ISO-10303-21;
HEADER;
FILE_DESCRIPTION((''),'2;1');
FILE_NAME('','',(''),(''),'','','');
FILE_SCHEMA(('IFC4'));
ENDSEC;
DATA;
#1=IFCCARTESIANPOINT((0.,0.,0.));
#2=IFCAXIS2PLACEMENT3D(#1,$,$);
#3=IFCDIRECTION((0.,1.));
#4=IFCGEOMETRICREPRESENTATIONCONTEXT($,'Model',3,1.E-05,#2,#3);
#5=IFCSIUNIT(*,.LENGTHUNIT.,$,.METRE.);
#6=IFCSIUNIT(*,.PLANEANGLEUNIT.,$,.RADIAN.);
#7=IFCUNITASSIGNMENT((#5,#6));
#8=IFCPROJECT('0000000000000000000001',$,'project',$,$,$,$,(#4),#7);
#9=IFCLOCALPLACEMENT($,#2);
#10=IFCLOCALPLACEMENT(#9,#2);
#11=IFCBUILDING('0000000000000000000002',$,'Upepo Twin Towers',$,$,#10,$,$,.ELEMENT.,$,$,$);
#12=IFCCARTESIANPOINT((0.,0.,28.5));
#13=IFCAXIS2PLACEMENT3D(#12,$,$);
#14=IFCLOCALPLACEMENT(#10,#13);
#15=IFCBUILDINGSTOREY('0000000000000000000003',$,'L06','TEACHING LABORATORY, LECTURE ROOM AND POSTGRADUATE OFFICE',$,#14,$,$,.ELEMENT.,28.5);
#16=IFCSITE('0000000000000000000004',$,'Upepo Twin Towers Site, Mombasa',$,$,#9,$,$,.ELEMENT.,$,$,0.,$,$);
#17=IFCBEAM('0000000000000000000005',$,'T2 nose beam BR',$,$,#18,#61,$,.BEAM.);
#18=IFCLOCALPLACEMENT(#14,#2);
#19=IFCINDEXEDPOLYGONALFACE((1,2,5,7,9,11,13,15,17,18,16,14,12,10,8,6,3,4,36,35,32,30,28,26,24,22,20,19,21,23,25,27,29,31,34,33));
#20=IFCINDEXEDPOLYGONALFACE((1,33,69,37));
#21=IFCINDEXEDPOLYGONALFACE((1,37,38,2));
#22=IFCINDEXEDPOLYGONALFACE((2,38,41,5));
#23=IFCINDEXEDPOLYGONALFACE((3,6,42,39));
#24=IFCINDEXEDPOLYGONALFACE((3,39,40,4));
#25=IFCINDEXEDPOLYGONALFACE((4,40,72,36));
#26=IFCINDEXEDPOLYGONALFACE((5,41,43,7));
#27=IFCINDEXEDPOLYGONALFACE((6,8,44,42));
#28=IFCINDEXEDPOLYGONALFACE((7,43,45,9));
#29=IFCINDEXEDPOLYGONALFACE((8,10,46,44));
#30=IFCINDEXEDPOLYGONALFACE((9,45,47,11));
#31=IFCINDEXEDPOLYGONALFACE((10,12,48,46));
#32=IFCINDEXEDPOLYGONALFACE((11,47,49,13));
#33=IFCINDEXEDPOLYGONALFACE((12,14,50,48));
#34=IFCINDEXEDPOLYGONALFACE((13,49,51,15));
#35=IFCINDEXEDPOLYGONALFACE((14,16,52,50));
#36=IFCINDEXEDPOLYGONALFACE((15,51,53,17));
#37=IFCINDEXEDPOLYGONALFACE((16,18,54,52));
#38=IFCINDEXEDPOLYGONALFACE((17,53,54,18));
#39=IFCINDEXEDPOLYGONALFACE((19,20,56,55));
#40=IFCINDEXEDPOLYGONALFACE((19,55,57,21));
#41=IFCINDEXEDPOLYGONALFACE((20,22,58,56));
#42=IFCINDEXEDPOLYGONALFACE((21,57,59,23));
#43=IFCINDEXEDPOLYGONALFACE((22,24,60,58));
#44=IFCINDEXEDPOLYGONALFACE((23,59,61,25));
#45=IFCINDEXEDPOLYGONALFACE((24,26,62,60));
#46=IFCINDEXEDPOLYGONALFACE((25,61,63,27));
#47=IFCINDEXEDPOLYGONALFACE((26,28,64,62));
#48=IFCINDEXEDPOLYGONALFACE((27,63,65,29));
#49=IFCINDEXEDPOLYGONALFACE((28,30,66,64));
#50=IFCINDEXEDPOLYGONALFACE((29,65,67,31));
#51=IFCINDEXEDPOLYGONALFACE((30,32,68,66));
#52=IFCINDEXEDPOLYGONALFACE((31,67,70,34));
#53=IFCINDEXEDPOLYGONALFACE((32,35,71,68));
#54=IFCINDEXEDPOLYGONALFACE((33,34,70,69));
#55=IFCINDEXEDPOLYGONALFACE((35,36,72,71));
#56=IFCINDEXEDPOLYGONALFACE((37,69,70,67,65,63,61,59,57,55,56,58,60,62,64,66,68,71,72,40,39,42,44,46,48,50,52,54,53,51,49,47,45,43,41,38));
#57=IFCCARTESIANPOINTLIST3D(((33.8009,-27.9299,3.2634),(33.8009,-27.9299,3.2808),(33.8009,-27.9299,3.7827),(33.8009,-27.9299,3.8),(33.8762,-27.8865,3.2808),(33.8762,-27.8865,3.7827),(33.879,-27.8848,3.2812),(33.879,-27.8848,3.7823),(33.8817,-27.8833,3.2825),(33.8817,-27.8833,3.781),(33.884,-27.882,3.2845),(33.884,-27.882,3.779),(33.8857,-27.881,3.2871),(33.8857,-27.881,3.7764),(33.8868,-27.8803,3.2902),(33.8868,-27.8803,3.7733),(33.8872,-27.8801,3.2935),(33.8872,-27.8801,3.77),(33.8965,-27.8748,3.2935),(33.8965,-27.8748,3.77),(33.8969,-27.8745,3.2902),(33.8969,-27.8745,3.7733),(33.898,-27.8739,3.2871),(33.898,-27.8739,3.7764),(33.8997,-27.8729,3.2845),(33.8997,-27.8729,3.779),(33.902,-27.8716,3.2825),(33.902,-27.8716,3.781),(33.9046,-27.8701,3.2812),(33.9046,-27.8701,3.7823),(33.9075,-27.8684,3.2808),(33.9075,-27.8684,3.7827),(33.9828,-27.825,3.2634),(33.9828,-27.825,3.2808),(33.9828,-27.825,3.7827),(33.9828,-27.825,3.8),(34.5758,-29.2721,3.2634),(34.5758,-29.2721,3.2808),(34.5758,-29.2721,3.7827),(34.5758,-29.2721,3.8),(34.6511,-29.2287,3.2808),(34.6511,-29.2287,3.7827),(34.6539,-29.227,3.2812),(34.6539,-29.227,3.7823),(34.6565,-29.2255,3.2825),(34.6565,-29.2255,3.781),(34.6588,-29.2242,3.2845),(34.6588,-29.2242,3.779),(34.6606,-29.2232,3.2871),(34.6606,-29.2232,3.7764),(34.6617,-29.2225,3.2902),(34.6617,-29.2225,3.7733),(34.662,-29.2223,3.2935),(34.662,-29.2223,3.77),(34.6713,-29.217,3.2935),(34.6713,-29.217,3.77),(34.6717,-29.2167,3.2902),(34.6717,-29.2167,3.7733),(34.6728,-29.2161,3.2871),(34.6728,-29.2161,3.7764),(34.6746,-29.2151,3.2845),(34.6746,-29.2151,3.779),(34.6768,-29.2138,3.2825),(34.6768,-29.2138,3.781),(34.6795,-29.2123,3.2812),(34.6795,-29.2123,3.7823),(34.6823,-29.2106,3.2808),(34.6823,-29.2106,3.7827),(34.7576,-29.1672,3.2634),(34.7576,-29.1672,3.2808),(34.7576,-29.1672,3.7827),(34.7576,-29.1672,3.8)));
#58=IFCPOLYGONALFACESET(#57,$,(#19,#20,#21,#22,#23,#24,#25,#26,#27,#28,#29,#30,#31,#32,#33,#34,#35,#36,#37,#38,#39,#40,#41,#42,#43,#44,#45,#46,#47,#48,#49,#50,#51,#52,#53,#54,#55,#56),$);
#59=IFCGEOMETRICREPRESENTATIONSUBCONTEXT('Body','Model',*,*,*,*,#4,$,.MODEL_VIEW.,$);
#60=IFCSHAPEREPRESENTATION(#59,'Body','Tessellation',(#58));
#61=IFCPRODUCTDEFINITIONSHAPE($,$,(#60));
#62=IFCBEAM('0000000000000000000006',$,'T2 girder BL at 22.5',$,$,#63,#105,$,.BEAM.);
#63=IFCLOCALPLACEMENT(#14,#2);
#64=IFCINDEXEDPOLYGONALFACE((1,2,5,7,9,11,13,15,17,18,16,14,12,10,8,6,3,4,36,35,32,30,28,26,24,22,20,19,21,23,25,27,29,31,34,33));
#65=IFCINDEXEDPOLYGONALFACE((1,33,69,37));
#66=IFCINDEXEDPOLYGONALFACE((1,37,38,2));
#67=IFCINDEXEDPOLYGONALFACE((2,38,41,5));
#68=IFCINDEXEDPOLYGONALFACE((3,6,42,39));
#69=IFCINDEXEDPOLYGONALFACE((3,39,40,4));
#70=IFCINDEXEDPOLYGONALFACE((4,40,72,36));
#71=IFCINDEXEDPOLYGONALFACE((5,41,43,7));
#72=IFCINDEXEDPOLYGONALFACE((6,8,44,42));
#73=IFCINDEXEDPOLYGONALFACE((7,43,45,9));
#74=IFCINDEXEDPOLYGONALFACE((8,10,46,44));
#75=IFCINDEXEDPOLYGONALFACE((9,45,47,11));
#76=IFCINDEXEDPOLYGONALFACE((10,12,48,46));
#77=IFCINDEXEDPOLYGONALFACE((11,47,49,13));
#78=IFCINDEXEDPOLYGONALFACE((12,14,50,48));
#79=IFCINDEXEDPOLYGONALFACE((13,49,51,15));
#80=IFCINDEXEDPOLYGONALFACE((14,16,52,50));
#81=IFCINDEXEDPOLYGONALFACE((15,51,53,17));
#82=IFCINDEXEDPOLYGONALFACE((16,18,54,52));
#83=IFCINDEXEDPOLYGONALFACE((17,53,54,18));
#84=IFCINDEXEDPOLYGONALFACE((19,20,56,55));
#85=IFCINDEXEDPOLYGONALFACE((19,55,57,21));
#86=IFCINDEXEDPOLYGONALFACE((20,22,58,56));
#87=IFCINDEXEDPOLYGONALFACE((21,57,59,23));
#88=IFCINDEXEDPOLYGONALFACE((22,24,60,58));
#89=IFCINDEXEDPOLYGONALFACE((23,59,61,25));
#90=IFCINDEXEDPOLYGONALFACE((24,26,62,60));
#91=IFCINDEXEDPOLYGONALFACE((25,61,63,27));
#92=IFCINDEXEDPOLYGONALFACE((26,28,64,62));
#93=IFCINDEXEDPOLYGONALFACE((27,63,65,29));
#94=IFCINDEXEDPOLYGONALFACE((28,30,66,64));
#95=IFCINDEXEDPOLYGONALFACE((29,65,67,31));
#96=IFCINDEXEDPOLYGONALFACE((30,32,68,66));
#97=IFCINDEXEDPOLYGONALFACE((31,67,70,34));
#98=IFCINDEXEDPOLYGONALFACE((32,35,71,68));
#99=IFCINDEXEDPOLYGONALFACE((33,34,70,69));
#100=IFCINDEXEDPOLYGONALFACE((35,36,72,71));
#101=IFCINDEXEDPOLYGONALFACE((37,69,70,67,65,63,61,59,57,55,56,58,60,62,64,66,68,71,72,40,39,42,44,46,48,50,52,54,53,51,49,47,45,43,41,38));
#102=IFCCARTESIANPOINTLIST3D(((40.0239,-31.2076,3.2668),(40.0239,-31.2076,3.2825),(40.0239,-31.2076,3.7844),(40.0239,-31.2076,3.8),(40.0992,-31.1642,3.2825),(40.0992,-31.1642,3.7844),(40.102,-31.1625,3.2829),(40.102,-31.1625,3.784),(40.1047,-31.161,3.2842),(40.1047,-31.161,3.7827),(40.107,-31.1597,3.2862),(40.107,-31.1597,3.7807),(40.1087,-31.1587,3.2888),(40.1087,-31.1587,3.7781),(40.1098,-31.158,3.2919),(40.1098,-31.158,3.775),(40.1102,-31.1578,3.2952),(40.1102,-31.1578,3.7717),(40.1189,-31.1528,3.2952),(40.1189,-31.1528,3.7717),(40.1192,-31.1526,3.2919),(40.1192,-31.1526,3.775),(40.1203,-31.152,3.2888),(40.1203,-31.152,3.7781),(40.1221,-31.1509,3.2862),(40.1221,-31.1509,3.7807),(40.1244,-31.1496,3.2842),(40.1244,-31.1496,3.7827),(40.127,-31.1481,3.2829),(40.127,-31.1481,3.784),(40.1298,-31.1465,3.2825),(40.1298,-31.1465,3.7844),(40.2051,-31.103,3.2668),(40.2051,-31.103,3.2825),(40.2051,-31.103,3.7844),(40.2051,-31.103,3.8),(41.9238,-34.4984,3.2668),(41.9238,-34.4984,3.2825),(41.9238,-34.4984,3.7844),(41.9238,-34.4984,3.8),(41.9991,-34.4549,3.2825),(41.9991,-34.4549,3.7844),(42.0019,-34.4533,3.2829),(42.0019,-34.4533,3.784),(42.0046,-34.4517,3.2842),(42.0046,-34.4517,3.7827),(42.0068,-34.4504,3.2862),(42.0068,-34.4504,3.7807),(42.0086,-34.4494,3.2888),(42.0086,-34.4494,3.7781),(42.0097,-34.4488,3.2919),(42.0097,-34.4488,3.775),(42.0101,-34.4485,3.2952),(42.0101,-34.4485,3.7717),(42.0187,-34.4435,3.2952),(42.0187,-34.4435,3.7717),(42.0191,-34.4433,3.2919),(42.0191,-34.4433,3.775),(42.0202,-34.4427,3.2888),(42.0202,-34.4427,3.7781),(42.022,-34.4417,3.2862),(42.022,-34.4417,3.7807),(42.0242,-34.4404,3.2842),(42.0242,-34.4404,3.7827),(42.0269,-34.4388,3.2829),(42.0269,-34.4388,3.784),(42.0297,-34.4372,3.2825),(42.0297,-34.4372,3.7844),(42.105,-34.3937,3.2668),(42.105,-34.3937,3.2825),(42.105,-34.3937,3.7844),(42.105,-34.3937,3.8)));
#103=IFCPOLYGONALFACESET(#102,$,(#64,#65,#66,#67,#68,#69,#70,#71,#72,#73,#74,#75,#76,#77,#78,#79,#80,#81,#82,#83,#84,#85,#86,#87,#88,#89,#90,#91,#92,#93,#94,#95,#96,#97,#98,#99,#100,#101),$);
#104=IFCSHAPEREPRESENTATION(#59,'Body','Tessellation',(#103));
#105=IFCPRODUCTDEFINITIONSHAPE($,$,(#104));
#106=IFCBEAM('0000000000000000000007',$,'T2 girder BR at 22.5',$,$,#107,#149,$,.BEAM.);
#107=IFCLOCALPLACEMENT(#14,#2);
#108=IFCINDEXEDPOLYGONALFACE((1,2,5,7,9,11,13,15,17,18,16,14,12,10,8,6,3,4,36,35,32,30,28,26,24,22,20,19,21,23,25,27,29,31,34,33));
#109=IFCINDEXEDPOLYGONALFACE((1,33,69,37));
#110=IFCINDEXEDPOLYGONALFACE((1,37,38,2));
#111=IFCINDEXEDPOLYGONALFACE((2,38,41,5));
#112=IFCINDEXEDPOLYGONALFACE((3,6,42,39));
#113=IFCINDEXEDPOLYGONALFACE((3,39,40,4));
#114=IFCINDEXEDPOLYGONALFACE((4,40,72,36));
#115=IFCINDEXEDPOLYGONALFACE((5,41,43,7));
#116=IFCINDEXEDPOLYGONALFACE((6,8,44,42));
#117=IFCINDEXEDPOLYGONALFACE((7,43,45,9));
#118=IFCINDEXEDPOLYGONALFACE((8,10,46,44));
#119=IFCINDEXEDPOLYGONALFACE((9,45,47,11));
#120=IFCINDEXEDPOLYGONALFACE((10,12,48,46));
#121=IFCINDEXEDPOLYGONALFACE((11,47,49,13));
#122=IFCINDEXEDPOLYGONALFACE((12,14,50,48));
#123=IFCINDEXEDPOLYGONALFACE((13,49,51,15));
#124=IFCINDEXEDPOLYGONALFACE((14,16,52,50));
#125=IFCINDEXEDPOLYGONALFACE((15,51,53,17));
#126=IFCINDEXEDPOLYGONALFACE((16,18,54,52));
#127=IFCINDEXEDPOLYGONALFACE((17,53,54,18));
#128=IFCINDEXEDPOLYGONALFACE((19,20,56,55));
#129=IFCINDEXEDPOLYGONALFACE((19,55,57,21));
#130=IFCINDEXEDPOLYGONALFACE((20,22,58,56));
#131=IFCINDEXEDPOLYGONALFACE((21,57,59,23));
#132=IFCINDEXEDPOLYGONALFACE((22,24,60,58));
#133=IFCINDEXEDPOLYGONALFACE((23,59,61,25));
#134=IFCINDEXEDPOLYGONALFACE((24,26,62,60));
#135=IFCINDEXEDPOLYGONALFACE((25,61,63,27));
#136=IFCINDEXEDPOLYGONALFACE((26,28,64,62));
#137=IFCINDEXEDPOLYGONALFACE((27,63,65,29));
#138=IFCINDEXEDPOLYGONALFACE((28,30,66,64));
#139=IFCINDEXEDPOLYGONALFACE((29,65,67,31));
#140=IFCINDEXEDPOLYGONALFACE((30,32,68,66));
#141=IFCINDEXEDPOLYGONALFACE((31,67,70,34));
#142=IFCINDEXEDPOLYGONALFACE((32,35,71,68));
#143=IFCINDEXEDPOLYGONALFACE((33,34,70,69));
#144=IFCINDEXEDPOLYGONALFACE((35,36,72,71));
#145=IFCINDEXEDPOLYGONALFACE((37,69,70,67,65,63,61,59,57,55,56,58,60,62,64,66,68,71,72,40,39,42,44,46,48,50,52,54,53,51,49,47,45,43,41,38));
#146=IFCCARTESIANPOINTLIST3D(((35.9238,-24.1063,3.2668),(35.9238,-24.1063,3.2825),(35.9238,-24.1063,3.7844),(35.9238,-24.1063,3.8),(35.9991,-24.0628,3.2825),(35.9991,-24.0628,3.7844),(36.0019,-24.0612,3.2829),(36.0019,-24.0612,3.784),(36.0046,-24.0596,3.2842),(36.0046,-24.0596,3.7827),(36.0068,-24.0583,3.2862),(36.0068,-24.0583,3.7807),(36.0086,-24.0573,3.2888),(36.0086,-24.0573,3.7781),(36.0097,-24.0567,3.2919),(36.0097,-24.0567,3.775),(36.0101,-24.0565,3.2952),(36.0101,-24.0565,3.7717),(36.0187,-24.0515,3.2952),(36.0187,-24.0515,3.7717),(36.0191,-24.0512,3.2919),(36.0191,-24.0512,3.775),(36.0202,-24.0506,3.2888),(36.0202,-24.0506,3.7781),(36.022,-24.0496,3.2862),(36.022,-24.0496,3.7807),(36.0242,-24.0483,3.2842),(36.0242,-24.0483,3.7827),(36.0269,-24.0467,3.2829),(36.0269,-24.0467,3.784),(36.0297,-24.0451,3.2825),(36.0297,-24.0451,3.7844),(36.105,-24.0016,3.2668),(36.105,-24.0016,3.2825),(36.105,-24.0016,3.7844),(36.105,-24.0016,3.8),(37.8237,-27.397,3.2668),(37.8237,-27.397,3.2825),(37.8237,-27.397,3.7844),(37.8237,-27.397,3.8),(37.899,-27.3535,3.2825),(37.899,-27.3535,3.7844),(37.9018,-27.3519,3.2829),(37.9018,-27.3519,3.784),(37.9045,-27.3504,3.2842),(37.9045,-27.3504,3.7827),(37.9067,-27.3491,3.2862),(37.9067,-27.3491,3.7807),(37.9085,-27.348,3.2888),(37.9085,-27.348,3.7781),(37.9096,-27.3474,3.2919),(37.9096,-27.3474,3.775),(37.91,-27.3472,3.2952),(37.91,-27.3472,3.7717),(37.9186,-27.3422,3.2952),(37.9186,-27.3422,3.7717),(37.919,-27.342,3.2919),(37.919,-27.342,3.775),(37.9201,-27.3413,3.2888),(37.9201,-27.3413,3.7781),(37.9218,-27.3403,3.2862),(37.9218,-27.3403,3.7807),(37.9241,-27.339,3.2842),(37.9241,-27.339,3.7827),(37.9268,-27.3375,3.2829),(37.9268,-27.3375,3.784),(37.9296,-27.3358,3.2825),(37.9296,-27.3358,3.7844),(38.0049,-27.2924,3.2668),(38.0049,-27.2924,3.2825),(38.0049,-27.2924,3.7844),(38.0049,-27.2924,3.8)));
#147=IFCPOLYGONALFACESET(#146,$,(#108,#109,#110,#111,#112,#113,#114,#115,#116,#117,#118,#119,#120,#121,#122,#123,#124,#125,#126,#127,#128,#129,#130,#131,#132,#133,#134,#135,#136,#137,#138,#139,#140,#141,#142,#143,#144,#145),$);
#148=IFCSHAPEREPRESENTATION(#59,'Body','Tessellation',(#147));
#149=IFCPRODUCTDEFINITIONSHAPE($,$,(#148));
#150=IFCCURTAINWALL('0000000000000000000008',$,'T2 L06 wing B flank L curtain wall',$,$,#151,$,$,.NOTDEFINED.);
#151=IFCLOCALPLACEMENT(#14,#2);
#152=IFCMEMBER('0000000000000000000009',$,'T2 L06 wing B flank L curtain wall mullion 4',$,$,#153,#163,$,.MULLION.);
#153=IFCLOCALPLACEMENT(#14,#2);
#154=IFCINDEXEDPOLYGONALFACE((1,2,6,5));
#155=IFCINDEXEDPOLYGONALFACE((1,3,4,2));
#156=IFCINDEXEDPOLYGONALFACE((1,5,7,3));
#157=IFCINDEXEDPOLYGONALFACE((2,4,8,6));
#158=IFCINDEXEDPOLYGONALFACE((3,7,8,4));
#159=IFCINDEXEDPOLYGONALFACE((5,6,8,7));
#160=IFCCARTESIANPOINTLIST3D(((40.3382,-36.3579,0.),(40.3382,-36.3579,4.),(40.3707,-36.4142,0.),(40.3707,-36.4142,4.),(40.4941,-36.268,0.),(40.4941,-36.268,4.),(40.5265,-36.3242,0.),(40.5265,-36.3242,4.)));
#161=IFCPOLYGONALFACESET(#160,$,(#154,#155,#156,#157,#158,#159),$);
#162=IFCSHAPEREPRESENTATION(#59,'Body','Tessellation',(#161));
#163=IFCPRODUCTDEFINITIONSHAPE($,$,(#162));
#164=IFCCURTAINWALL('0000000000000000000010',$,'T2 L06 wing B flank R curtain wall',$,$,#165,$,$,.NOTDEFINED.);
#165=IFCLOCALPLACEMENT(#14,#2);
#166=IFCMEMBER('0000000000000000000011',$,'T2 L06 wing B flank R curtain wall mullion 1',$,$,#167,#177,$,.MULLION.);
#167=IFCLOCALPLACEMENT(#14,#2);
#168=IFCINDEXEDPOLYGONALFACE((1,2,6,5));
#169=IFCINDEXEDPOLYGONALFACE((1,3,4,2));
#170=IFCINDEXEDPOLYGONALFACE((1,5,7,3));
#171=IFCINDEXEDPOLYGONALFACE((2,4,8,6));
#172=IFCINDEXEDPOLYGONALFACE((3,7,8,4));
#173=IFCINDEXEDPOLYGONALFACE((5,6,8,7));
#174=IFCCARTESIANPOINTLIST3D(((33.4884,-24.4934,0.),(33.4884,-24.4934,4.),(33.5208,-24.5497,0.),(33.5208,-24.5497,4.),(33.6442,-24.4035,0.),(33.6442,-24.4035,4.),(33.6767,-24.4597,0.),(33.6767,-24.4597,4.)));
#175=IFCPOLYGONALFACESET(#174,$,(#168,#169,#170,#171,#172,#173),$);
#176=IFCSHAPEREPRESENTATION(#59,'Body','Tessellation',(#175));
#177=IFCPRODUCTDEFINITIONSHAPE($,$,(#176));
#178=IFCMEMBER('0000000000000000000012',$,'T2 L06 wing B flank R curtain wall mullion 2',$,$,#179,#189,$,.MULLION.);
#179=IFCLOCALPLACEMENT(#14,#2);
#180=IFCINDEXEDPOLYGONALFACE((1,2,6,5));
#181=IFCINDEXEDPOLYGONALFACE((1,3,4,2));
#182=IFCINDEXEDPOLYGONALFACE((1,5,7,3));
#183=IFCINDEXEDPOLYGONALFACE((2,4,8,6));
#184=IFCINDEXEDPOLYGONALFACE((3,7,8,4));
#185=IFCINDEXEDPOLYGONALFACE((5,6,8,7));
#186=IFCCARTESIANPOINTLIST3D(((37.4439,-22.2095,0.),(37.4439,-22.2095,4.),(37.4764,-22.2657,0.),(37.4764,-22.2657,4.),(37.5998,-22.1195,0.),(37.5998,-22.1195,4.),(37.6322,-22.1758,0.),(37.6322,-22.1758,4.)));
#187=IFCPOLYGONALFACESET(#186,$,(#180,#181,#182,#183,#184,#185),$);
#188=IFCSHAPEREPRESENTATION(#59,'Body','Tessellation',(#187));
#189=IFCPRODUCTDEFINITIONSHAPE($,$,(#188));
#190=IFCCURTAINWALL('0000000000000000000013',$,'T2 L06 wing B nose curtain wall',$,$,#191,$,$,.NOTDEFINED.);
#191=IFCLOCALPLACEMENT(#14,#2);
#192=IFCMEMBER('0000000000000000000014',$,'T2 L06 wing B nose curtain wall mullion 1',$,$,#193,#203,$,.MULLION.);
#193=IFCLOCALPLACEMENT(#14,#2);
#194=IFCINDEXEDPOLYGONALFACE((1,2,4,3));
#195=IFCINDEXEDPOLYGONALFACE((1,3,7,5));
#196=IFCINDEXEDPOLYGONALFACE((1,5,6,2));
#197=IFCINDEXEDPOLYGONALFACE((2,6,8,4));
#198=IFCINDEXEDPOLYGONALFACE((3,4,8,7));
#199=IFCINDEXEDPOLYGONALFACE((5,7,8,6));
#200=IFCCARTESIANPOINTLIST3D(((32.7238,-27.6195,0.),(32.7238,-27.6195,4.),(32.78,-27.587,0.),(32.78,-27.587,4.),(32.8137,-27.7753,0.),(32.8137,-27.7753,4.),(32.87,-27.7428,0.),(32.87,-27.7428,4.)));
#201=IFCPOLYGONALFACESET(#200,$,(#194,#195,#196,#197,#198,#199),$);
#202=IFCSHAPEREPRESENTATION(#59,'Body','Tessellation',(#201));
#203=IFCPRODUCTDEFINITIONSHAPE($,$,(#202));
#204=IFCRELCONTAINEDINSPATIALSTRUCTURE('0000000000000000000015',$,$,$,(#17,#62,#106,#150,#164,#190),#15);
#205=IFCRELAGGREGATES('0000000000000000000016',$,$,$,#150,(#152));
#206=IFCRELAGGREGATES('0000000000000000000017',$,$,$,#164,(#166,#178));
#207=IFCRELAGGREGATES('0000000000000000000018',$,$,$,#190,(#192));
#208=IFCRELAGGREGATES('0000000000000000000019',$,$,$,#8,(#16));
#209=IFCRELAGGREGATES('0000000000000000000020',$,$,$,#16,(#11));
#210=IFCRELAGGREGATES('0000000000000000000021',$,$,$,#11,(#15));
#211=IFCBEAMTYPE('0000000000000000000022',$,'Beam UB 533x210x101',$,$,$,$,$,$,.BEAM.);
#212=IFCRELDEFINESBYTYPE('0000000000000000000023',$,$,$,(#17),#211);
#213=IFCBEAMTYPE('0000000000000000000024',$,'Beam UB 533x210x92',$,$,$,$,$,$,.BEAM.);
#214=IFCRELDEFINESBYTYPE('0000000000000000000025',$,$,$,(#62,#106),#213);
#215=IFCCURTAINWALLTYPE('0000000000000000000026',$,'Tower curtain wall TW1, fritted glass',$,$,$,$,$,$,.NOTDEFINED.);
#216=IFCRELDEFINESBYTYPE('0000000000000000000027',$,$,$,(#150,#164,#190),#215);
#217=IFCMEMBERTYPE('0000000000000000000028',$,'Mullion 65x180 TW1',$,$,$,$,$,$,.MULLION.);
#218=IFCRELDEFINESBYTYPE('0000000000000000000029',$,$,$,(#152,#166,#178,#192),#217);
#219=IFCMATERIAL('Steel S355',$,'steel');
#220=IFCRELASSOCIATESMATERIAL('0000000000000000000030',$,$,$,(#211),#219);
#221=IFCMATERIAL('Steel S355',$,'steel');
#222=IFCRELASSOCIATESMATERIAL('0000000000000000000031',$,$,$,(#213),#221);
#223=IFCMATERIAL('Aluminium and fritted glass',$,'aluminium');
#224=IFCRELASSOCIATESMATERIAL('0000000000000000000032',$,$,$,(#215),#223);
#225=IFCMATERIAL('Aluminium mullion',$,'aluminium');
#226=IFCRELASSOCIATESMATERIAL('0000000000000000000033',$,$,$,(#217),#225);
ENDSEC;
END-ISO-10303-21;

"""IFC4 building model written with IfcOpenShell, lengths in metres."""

from ifc_helpers import new_model, si_unit, direction, frame, origin, origin_2d, place, context, subcontext, project, spatial, rectangle, i_section, extrude, material, material_profile, profile_set, type_object, element, aggregate, save


model = new_model("IFC4")

# Units and contexts
model_context = context("Model", 3, precision=1e-05, world=origin(), true_north=direction((0.0, 1.0)))
body_context = subcontext(model_context, "Body", "Model", "MODEL_VIEW")
ifc_project = project(units=[si_unit("LENGTHUNIT", "METRE"), si_unit("PLANEANGLEUNIT", "RADIAN")], contexts=[model_context])

# Site, building, storey
site_placement = place(None, origin())
site = spatial("IfcSite", under=ifc_project, at=site_placement, Name="Upepo Twin Towers Site, Mombasa", CompositionType="ELEMENT", RefElevation=0.0)
building_placement = place(site_placement, origin())
building = spatial("IfcBuilding", under=site, at=building_placement, Name="Upepo Twin Towers", CompositionType="ELEMENT")
storey_placement = place(building_placement, frame((0.0, 0.0, 28.5)))
storey = spatial("IfcBuildingStorey", under=building, at=storey_placement, Name="L06", Description="TEACHING LABORATORY, LECTURE ROOM AND POSTGRADUATE OFFICE", CompositionType="ELEMENT", Elevation=28.5)

# Beams
ifc_material_1 = material(Name="Steel S355", Category="steel")
ifc_material_profile_1 = material_profile(ifc_material_1, i_section(OverallWidth=0.21, OverallDepth=0.5366, WebThickness=0.0107, FlangeThickness=0.0173, FilletRadius=0.0127, at=origin_2d()), Name="UB 533x210x101")
ifc_profile_set_1 = profile_set([ifc_material_profile_1], Name="Steel S355")
beam_type_1 = type_object("IfcBeamType", Name="Beam UB 533x210x101", PredefinedType="BEAM", material=ifc_profile_set_1)
for number, where, z_axis, x_axis, name in (
    (1, (33.8918, -27.8774, 3.5317), (0.499968, -0.866044, 0.0), (0.866044, 0.499968, 0.0), "T2 nose beam BR"),
):
    element("IfcBeam", number, at=place(storey_placement, frame(where, z_axis=z_axis, x_axis=x_axis)), inside=storey, type_object=beam_type_1, Name=name, PredefinedType="BEAM", context=body_context, shape_type="SweptSolid", body=[
        extrude(i_section(OverallWidth=0.21, OverallDepth=0.5366, WebThickness=0.0107, FlangeThickness=0.0173, FilletRadius=0.0127, at=origin_2d()), origin(), (0.0, 0.0, 1.0), 1.5498),
    ])
ifc_material_2 = material(Name="Steel S355", Category="steel")
ifc_material_profile_2 = material_profile(ifc_material_2, i_section(OverallWidth=0.2092, OverallDepth=0.5332, WebThickness=0.01, FlangeThickness=0.0156, FilletRadius=0.0127, at=origin_2d()), Name="UB 533x210x92")
ifc_profile_set_2 = profile_set([ifc_material_profile_2], Name="Steel S355")
beam_type_2 = type_object("IfcBeamType", Name="Beam UB 533x210x92", PredefinedType="BEAM", material=ifc_profile_set_2)
for number, where, z_axis, x_axis, name in (
    (2, (42.0144, -34.446, 3.5334), (-0.499995, 0.866028, 0.0), (-0.866028, -0.499995, 0.0), "T2 girder BL at 22.5"),
    (3, (36.0144, -24.054, 3.5334), (0.499995, -0.866028, 0.0), (0.866028, 0.499995, 0.0), "T2 girder BR at 22.5"),
):
    element("IfcBeam", number, at=place(storey_placement, frame(where, z_axis=z_axis, x_axis=x_axis)), inside=storey, type_object=beam_type_2, Name=name, PredefinedType="BEAM", context=body_context, shape_type="SweptSolid", body=[
        extrude(i_section(OverallWidth=0.2092, OverallDepth=0.5332, WebThickness=0.01, FlangeThickness=0.0156, FilletRadius=0.0127, at=origin_2d()), origin(), (0.0, 0.0, 1.0), 3.7998),
    ])

# Curtain wall, member
ifc_material_3 = material(Name="Aluminium and fritted glass", Category="aluminium")
curtain_wall_type = type_object("IfcCurtainWallType", Name="Tower curtain wall TW1, fritted glass", PredefinedType="NOTDEFINED", material=ifc_material_3)
curtain_wall_1_placement = place(storey_placement, origin())
curtain_wall_1 = element("IfcCurtainWall", 4, at=curtain_wall_1_placement, inside=storey, type_object=curtain_wall_type, Name="T2 L06 wing B flank L curtain wall", PredefinedType="NOTDEFINED")
ifc_material_4 = material(Name="Aluminium mullion", Category="aluminium")
ifc_material_profile_3 = material_profile(ifc_material_4, rectangle(XDim=0.0649, YDim=0.1799, at=origin_2d()), Name="MULLION 65x180")
ifc_profile_set_3 = profile_set([ifc_material_profile_3], Name="Aluminium mullion")
member_type_1 = type_object("IfcMemberType", Name="Mullion 65x180 TW1", PredefinedType="MULLION", material=ifc_profile_set_3)
member_1_placement = place(storey_placement, frame((40.4324, -36.3411, 0.0), z_axis=(0.0, 0.0, 1.0), x_axis=(0.5, -0.866025, 0.0)))
member_1 = element("IfcMember", 5, at=member_1_placement, type_object=member_type_1, Name="T2 L06 wing B flank L curtain wall mullion 4", PredefinedType="MULLION", context=body_context, shape_type="SweptSolid", body=[
    extrude(rectangle(XDim=0.0649, YDim=0.1799, at=origin_2d()), origin(), (0.0, 0.0, 1.0), 4.0),
])
aggregate(curtain_wall_1, [member_1])

# Curtain walls, members
curtain_wall_2_placement = place(storey_placement, origin())
curtain_wall_2 = element("IfcCurtainWall", 6, at=curtain_wall_2_placement, inside=storey, type_object=curtain_wall_type, Name="T2 L06 wing B flank R curtain wall", PredefinedType="NOTDEFINED")
member_2_placement = place(storey_placement, frame((33.5825, -24.4766, 0.0), z_axis=(0.0, 0.0, 1.0), x_axis=(-0.5, 0.866025, 0.0)))
member_2 = element("IfcMember", 7, at=member_2_placement, type_object=member_type_1, Name="T2 L06 wing B flank R curtain wall mullion 1", PredefinedType="MULLION", context=body_context, shape_type="SweptSolid", body=[
    extrude(rectangle(XDim=0.0649, YDim=0.1799, at=origin_2d()), origin(), (0.0, 0.0, 1.0), 4.0),
])
member_3_placement = place(storey_placement, frame((37.5381, -22.1926, 0.0), z_axis=(0.0, 0.0, 1.0), x_axis=(-0.5, 0.866025, 0.0)))
member_3 = element("IfcMember", 8, at=member_3_placement, type_object=member_type_1, Name="T2 L06 wing B flank R curtain wall mullion 2", PredefinedType="MULLION", context=body_context, shape_type="SweptSolid", body=[
    extrude(rectangle(XDim=0.0649, YDim=0.1799, at=origin_2d()), origin(), (0.0, 0.0, 1.0), 4.0),
])
curtain_wall_3_placement = place(storey_placement, origin())
curtain_wall_3 = element("IfcCurtainWall", 9, at=curtain_wall_3_placement, inside=storey, type_object=curtain_wall_type, Name="T2 L06 wing B nose curtain wall", PredefinedType="NOTDEFINED")
member_4_placement = place(storey_placement, frame((32.7969, -27.6812, 0.0), z_axis=(0.0, 0.0, 1.0), x_axis=(0.866025, 0.5, 0.0)))
member_4 = element("IfcMember", 10, at=member_4_placement, type_object=member_type_1, Name="T2 L06 wing B nose curtain wall mullion 1", PredefinedType="MULLION", context=body_context, shape_type="SweptSolid", body=[
    extrude(rectangle(XDim=0.0649, YDim=0.1799, at=origin_2d()), origin(), (0.0, 0.0, 1.0), 4.0),
])

aggregate(curtain_wall_2, [member_2, member_3])
aggregate(curtain_wall_3, [member_4])

save(model, "model.ifc")
